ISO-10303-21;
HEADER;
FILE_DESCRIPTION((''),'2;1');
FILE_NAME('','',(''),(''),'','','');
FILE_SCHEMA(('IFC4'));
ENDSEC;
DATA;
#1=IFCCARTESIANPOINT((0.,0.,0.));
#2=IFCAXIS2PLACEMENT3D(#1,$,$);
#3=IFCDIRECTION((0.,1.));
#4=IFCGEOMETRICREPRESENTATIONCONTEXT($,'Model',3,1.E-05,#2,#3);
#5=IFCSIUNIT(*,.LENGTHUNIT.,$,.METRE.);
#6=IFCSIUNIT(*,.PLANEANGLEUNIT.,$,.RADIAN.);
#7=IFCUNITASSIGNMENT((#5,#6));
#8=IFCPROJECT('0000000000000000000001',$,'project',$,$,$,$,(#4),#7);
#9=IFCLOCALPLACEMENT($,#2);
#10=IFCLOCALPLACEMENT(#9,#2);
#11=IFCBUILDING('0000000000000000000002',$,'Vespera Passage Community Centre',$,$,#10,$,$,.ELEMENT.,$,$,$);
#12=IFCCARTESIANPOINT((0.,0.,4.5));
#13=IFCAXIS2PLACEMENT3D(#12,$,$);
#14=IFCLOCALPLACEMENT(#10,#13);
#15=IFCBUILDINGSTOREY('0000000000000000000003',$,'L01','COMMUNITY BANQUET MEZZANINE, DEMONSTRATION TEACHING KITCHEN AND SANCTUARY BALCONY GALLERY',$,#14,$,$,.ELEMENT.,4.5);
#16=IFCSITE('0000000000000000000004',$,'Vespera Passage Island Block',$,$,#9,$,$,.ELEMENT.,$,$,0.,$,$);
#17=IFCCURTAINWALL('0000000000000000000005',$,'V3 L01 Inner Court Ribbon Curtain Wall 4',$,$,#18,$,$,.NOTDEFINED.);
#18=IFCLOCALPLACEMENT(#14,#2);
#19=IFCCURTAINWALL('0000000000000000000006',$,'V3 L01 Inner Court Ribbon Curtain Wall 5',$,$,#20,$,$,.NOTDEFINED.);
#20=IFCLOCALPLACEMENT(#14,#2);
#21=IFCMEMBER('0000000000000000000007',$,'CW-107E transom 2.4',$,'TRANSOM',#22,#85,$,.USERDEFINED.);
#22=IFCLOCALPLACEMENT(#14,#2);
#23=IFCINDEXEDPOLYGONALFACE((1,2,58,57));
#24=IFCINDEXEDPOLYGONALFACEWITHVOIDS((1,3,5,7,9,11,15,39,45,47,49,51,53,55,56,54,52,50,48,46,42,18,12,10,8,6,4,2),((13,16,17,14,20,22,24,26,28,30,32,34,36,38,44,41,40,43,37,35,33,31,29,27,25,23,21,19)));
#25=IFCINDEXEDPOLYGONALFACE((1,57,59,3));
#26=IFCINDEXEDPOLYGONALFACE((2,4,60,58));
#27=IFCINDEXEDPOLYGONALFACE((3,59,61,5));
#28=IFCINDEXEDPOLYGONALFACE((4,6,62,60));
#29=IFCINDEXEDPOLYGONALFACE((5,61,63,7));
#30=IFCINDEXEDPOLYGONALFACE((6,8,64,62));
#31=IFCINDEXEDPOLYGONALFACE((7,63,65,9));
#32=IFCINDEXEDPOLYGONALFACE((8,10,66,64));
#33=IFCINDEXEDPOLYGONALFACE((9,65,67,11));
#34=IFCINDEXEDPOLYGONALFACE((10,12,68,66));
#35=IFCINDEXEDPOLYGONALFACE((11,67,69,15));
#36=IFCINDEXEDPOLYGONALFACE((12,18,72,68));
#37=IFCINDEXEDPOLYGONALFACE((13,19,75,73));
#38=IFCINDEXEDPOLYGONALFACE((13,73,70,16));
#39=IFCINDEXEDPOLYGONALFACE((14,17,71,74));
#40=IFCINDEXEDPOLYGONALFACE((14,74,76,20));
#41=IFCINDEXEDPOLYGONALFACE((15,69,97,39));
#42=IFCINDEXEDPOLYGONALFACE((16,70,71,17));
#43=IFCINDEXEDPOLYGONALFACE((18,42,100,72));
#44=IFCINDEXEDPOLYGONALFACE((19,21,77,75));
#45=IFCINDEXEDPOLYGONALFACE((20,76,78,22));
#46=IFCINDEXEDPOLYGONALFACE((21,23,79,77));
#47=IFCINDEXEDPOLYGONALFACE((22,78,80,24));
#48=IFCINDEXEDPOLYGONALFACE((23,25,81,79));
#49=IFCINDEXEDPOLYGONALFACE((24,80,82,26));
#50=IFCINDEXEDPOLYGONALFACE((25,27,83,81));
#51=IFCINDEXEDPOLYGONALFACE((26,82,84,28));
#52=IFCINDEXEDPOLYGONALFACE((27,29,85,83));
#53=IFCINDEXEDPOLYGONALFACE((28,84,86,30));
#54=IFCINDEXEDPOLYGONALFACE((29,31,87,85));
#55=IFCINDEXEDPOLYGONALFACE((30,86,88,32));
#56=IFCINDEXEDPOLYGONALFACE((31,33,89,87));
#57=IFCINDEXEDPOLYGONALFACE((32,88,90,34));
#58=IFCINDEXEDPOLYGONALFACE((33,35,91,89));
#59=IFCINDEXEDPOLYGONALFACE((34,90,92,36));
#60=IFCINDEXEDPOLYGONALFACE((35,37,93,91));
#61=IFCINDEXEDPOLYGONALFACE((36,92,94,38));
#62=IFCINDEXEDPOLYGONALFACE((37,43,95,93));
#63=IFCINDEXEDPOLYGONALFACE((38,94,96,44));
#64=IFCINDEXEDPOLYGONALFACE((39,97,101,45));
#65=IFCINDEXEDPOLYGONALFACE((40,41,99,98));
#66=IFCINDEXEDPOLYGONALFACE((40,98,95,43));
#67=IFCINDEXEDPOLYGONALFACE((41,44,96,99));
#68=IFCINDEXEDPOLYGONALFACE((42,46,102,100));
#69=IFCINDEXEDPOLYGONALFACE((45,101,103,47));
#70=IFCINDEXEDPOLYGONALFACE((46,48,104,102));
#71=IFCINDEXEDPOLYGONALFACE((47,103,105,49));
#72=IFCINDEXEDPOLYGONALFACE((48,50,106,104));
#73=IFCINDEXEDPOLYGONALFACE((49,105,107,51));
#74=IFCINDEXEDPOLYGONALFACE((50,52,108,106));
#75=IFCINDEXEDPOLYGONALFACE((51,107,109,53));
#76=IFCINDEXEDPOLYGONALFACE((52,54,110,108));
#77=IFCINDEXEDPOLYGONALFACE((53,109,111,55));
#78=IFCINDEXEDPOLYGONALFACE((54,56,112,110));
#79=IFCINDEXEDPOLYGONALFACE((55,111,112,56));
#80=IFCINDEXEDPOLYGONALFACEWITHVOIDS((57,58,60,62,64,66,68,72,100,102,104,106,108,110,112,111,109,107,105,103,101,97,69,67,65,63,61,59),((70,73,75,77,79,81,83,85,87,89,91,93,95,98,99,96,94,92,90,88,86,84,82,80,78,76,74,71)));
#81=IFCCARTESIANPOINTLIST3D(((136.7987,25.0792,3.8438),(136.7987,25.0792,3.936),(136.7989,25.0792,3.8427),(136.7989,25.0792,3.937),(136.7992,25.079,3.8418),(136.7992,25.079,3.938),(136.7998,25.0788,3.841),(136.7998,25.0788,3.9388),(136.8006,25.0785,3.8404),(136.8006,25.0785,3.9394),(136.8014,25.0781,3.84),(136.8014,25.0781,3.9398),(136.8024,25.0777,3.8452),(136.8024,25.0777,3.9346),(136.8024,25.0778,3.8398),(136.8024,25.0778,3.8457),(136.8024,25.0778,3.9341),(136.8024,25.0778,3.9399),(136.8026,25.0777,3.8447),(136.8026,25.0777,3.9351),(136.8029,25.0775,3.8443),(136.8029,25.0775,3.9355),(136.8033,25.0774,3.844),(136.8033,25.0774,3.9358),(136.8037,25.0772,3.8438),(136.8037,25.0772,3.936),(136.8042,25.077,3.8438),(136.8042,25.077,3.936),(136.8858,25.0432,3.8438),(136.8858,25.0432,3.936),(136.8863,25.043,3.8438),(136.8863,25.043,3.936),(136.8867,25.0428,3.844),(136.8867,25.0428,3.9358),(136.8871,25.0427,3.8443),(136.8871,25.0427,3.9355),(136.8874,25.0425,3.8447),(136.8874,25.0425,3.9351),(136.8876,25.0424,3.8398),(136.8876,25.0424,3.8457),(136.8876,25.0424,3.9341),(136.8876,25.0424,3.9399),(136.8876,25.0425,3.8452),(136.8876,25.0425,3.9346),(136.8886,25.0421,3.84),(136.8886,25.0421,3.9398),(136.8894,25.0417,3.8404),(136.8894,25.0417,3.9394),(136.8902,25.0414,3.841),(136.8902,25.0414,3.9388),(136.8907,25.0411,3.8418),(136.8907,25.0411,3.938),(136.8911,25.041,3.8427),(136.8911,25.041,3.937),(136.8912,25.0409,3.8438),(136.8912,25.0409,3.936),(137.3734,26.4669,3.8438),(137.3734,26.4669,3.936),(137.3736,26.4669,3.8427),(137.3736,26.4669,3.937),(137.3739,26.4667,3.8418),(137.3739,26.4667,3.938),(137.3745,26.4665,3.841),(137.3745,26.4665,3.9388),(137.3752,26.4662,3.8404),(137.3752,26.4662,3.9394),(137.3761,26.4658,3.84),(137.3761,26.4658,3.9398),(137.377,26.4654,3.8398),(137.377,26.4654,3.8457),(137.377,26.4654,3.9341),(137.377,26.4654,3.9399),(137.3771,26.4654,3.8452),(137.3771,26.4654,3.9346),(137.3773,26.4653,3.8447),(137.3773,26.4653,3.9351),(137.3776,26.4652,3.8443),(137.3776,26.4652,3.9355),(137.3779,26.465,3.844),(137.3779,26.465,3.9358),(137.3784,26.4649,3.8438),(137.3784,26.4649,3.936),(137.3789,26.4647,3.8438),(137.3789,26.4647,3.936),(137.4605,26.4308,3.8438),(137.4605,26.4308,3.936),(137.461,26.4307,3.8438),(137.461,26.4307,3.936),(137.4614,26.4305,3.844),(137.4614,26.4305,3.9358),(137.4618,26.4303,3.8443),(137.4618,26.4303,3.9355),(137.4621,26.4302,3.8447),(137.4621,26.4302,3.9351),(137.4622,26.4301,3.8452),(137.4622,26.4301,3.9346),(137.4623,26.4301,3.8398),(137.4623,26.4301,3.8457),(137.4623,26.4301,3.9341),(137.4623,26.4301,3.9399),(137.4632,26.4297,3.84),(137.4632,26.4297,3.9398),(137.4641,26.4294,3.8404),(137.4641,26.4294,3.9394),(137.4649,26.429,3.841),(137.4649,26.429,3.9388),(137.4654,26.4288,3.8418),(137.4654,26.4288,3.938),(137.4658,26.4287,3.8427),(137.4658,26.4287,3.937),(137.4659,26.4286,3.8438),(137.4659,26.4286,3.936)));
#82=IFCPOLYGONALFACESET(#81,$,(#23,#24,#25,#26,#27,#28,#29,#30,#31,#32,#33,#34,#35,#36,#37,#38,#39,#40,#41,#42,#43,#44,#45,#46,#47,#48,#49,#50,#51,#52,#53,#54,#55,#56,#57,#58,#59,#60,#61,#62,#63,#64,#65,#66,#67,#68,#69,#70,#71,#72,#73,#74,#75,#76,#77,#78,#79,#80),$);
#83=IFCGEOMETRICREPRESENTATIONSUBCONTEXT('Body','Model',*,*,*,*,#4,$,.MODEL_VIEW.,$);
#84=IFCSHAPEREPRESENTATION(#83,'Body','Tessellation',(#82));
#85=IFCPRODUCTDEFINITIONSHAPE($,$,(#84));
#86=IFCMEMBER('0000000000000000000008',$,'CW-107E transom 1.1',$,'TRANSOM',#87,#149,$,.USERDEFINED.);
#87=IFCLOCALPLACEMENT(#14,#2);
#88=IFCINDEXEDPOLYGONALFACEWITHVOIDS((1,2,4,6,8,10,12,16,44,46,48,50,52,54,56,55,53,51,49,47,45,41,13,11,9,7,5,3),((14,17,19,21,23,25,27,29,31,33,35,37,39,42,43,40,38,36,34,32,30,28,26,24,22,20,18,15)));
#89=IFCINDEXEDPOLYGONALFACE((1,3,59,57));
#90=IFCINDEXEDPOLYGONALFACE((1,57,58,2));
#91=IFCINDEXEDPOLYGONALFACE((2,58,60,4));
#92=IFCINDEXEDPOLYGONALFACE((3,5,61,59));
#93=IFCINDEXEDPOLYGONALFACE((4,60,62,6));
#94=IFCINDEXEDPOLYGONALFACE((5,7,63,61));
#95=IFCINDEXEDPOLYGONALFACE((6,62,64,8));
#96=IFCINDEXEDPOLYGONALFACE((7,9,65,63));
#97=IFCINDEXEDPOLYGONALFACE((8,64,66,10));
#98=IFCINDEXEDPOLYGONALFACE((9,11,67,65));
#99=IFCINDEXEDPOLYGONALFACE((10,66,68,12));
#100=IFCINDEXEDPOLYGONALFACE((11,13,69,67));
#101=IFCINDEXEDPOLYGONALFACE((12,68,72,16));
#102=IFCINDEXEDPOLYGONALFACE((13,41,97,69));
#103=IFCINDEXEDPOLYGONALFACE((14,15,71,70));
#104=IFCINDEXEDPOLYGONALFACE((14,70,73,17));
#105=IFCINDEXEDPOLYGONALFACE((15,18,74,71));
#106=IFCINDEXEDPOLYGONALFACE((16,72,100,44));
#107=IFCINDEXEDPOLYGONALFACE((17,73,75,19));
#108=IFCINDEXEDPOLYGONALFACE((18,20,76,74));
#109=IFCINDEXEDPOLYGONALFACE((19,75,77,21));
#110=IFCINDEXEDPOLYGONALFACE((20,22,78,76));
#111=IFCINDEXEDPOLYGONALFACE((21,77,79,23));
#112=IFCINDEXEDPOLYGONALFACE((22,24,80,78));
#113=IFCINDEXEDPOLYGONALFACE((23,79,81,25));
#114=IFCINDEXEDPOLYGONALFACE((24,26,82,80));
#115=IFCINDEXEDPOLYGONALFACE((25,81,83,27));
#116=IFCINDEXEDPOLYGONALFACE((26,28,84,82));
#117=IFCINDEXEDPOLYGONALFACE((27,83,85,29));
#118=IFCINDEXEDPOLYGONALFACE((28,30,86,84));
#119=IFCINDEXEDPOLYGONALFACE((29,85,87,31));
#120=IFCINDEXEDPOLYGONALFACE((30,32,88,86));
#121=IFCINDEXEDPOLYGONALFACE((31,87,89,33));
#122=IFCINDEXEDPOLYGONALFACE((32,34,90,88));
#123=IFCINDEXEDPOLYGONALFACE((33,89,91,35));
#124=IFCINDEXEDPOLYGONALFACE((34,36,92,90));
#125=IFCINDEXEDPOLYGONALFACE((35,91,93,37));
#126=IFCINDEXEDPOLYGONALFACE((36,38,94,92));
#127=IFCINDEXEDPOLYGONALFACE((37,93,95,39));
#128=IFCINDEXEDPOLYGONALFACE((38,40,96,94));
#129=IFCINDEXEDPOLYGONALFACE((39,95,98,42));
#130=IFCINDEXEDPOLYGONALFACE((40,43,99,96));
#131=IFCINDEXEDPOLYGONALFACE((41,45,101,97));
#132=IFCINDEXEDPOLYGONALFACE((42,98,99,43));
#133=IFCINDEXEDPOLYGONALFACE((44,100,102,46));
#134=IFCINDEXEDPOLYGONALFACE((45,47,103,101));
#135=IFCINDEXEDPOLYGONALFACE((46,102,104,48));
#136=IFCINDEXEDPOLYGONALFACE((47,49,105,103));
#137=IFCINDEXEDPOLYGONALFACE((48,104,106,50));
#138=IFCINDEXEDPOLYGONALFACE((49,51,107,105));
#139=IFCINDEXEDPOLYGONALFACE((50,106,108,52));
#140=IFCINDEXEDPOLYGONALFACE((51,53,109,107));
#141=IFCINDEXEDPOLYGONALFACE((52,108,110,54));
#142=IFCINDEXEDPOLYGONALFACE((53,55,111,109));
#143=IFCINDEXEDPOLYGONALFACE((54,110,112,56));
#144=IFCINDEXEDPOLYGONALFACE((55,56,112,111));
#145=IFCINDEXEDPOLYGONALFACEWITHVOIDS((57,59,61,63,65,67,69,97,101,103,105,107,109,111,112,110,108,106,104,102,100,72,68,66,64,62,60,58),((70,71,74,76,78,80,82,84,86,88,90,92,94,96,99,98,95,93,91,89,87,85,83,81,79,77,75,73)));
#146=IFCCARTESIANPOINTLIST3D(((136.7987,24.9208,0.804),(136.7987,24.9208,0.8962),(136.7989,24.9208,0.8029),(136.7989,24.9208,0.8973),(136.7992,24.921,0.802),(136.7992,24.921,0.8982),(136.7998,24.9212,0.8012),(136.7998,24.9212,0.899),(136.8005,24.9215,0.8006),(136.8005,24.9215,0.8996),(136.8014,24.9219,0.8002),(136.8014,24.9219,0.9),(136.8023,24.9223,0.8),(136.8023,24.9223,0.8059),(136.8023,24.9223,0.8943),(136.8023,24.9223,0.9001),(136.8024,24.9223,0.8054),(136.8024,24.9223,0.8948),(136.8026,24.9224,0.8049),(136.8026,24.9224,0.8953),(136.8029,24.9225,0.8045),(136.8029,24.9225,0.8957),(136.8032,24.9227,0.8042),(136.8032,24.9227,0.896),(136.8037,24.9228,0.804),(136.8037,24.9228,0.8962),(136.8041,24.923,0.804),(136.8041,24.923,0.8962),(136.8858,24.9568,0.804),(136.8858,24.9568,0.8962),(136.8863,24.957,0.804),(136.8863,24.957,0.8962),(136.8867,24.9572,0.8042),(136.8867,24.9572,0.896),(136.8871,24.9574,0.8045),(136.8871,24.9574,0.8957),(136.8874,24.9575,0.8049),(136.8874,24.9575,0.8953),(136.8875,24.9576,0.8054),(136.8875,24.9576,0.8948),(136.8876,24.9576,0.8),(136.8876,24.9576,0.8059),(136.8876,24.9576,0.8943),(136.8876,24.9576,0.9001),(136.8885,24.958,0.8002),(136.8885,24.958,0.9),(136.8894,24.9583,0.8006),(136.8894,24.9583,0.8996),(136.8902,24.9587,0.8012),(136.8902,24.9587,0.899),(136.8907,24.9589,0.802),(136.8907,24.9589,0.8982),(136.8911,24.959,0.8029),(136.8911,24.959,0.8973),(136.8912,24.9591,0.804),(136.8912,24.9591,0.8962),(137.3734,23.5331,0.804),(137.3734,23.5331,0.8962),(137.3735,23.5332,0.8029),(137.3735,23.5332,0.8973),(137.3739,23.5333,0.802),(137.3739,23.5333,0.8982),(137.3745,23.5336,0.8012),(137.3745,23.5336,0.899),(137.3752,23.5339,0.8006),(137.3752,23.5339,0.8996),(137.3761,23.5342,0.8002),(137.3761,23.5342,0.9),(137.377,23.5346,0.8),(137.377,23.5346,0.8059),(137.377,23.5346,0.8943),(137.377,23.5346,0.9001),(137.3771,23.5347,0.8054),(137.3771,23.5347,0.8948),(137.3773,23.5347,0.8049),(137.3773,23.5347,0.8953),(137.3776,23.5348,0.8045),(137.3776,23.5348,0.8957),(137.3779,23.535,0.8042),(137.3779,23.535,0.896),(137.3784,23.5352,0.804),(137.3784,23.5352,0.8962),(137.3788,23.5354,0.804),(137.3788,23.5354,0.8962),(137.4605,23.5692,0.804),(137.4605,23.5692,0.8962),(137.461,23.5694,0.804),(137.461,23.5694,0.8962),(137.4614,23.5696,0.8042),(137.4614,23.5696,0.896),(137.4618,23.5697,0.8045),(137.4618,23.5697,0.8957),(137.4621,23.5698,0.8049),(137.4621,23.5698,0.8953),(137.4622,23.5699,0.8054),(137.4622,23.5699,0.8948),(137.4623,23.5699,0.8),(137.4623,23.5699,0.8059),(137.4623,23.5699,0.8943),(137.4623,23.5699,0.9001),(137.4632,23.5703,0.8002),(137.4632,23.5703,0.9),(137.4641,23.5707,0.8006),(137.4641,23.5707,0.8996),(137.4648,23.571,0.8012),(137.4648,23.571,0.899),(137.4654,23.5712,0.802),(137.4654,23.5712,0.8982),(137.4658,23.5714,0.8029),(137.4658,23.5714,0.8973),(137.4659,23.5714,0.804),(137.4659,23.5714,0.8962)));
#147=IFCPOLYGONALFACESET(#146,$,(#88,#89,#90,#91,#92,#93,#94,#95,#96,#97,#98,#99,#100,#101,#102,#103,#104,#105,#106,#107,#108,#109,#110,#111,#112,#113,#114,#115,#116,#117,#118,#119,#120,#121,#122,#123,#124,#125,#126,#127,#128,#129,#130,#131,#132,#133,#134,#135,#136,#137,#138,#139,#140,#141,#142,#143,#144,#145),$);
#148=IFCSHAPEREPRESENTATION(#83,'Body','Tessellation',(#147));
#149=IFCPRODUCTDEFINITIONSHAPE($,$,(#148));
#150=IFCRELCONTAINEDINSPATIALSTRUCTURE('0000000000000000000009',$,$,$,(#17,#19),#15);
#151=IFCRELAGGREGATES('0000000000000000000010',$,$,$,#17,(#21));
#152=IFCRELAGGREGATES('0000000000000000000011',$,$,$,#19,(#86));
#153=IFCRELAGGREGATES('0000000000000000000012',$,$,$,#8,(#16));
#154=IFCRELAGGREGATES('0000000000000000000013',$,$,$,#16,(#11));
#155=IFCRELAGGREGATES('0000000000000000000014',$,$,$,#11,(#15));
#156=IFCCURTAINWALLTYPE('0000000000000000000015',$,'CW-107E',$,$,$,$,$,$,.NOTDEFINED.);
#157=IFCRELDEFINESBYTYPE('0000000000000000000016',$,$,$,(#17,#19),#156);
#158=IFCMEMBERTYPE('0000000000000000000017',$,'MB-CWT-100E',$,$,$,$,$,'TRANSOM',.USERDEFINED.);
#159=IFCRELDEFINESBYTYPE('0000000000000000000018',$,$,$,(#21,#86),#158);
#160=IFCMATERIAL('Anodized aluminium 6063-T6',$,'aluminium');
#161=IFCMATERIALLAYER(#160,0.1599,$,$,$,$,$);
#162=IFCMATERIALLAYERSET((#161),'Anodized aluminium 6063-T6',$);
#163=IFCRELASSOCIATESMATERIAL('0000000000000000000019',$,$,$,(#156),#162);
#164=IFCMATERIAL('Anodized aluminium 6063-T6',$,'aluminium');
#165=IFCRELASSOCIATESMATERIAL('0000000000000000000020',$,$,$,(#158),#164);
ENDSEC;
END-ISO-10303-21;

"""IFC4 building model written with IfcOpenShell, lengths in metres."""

from ifc_helpers import new_model, si_unit, direction, frame, origin, origin_2d, place, context, subcontext, project, spatial, hollow_rectangle, extrude, material, layer, layer_set, material_profile, profile_set, type_object, element, aggregate, save


model = new_model("IFC4")

# Units and contexts
model_context = context("Model", 3, precision=1e-05, world=origin(), true_north=direction((0.0, 1.0)))
body_context = subcontext(model_context, "Body", "Model", "MODEL_VIEW")
ifc_project = project(units=[si_unit("LENGTHUNIT", "METRE"), si_unit("PLANEANGLEUNIT", "RADIAN")], contexts=[model_context])

# Site, building, storey
site_placement = place(None, origin())
site = spatial("IfcSite", under=ifc_project, at=site_placement, Name="Vespera Passage Island Block", CompositionType="ELEMENT", RefElevation=0.0)
building_placement = place(site_placement, origin())
building = spatial("IfcBuilding", under=site, at=building_placement, Name="Vespera Passage Community Centre", CompositionType="ELEMENT")
storey_placement = place(building_placement, frame((0.0, 0.0, 4.5)))
storey = spatial("IfcBuildingStorey", under=building, at=storey_placement, Name="L01", Description="COMMUNITY BANQUET MEZZANINE, DEMONSTRATION TEACHING KITCHEN AND SANCTUARY BALCONY GALLERY", CompositionType="ELEMENT", Elevation=4.5)

# Curtain walls
ifc_material_1 = material(Name="Anodized aluminium 6063-T6", Category="aluminium")
ifc_layer_1 = layer(ifc_material_1, 0.1599)
ifc_layer_set_1 = layer_set([ifc_layer_1], Name="Anodized aluminium 6063-T6")
curtain_wall_type = type_object("IfcCurtainWallType", Name="CW-107E", PredefinedType="NOTDEFINED", material=ifc_layer_set_1)
curtain_wall_1_placement = place(storey_placement, origin())
curtain_wall_1 = element("IfcCurtainWall", 1, at=curtain_wall_1_placement, inside=storey, type_object=curtain_wall_type, Name="V3 L01 Inner Court Ribbon Curtain Wall 4", PredefinedType="NOTDEFINED")
curtain_wall_2_placement = place(storey_placement, origin())
curtain_wall_2 = element("IfcCurtainWall", 2, at=curtain_wall_2_placement, inside=storey, type_object=curtain_wall_type, Name="V3 L01 Inner Court Ribbon Curtain Wall 5", PredefinedType="NOTDEFINED")

# Members
ifc_material_2 = material(Name="Anodized aluminium 6063-T6", Category="aluminium")
ifc_material_profile_1 = material_profile(ifc_material_2, hollow_rectangle(XDim=0.1001, YDim=0.1001, WallThickness=0.0039, InnerFilletRadius=0.002, OuterFilletRadius=0.0039, at=origin_2d()), Name="ALU100X100X4")
ifc_profile_set_1 = profile_set([ifc_material_profile_1], Name="Anodized aluminium 6063-T6")
member_type_1 = type_object("IfcMemberType", Name="MB-CWT-100E", ElementType="TRANSOM", PredefinedType="USERDEFINED", material=ifc_profile_set_1)
member_1_placement = place(storey_placement, frame((137.4197, 26.4478, 3.8899), z_axis=(-0.382629, -0.923902, 0.0), x_axis=(0.923902, -0.382629, 0.0)))
member_1 = element("IfcMember", 3, at=member_1_placement, type_object=member_type_1, Name="CW-107E transom 2.4", ObjectType="TRANSOM", PredefinedType="USERDEFINED", context=body_context, shape_type="SweptSolid", body=[
    extrude(hollow_rectangle(XDim=0.1001, YDim=0.1001, WallThickness=0.0039, InnerFilletRadius=0.002, OuterFilletRadius=0.0039, at=origin_2d()), origin(), (0.0, 0.0, 1.0), 1.502),
])
member_2_placement = place(storey_placement, frame((136.845, 24.9399, 0.8501), z_axis=(0.382629, -0.923902, 0.0), x_axis=(0.923902, 0.382629, 0.0)))
member_2 = element("IfcMember", 4, at=member_2_placement, type_object=member_type_1, Name="CW-107E transom 1.1", ObjectType="TRANSOM", PredefinedType="USERDEFINED", context=body_context, shape_type="SweptSolid", body=[
    extrude(hollow_rectangle(XDim=0.1001, YDim=0.1001, WallThickness=0.0039, InnerFilletRadius=0.002, OuterFilletRadius=0.0039, at=origin_2d()), origin(), (0.0, 0.0, 1.0), 1.502),
])

aggregate(curtain_wall_1, [member_1])
aggregate(curtain_wall_2, [member_2])

save(model, "model.ifc")
